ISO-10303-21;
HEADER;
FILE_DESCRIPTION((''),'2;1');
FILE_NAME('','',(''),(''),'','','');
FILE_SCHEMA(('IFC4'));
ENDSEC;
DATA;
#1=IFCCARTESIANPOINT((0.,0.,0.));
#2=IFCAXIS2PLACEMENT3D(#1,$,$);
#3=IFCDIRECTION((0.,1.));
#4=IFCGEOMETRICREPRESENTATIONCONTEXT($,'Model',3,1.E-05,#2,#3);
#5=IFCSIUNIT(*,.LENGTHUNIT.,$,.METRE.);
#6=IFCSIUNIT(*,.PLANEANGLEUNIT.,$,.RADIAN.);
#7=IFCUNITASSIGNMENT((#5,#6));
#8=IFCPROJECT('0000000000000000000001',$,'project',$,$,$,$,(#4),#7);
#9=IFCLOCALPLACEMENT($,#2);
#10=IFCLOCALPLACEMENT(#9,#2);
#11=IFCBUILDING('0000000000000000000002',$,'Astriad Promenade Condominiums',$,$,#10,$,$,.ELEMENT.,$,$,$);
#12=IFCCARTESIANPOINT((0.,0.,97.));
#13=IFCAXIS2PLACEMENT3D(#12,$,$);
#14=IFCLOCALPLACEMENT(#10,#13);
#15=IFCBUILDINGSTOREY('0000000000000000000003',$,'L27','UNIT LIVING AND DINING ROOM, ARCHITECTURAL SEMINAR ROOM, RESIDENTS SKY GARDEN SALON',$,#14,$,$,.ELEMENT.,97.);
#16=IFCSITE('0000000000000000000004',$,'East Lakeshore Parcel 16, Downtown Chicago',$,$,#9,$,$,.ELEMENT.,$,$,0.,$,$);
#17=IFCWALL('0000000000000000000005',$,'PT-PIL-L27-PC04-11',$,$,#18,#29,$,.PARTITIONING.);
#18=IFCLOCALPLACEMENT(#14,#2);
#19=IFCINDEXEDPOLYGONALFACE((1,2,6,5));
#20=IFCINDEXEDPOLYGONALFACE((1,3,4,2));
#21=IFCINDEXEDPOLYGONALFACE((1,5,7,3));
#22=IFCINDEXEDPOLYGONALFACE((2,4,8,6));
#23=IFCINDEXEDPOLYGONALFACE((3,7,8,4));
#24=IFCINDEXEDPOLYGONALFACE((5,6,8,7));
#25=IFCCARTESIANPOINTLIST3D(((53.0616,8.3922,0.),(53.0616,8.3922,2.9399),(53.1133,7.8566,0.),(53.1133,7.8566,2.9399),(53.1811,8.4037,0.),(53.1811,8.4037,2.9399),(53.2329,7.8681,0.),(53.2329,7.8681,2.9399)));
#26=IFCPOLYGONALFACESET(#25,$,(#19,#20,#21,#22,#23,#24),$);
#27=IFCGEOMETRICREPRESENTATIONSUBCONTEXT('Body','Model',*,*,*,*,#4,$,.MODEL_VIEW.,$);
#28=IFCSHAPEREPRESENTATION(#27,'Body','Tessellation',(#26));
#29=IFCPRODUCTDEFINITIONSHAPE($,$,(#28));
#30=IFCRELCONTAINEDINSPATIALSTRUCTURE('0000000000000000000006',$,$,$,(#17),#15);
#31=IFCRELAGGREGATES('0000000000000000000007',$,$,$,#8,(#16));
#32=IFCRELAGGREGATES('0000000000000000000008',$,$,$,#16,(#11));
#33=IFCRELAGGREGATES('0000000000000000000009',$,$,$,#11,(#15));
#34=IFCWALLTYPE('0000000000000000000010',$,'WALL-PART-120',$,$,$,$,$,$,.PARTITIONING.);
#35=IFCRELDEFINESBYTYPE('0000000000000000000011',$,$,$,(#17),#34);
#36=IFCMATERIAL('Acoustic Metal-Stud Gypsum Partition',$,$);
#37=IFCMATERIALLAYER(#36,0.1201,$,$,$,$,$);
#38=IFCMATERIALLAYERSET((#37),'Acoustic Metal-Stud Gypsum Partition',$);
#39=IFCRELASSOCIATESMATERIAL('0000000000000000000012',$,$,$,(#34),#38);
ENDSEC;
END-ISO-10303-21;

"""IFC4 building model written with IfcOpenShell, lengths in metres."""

from ifc_helpers import new_model, si_unit, direction, frame, frame_2d, origin, place, context, subcontext, project, spatial, rectangle, extrude, material, layer, layer_set, type_object, element, save


model = new_model("IFC4")

# Units and contexts
model_context = context("Model", 3, precision=1e-05, world=origin(), true_north=direction((0.0, 1.0)))
body_context = subcontext(model_context, "Body", "Model", "MODEL_VIEW")
ifc_project = project(units=[si_unit("LENGTHUNIT", "METRE"), si_unit("PLANEANGLEUNIT", "RADIAN")], contexts=[model_context])

# Site, building, storey
site_placement = place(None, origin())
site = spatial("IfcSite", under=ifc_project, at=site_placement, Name="East Lakeshore Parcel 16, Downtown Chicago", CompositionType="ELEMENT", RefElevation=0.0)
building_placement = place(site_placement, origin())
building = spatial("IfcBuilding", under=site, at=building_placement, Name="Astriad Promenade Condominiums", CompositionType="ELEMENT")
storey_placement = place(building_placement, frame((0.0, 0.0, 97.0)))
storey = spatial("IfcBuildingStorey", under=building, at=storey_placement, Name="L27", Description="UNIT LIVING AND DINING ROOM, ARCHITECTURAL SEMINAR ROOM, RESIDENTS SKY GARDEN SALON", CompositionType="ELEMENT", Elevation=97.0)

# Shared definitions
ifc_material_1 = material(Name="Acoustic Metal-Stud Gypsum Partition")
ifc_layer_1 = layer(ifc_material_1, 0.1201)
ifc_layer_set_1 = layer_set([ifc_layer_1], Name="Acoustic Metal-Stud Gypsum Partition")
wall_type_1 = type_object("IfcWallType", Name="WALL-PART-120", PredefinedType="PARTITIONING", material=ifc_layer_set_1)

# Wall
wall_1_placement = place(storey_placement, frame((53.1213, 8.3979, 0.0), z_axis=(0.0, 0.0, 1.0), x_axis=(0.096179, -0.995364, 0.0)))
element("IfcWall", 1, at=wall_1_placement, inside=storey, type_object=wall_type_1, Name="PT-PIL-L27-PC04-11", PredefinedType="PARTITIONING", context=body_context, shape_type="SweptSolid", body=[
    extrude(rectangle(XDim=0.5381, YDim=0.1201, at=frame_2d((0.269, 0.0))), origin(), (0.0, 0.0, 1.0), 2.9399),
])

save(model, "model.ifc")
